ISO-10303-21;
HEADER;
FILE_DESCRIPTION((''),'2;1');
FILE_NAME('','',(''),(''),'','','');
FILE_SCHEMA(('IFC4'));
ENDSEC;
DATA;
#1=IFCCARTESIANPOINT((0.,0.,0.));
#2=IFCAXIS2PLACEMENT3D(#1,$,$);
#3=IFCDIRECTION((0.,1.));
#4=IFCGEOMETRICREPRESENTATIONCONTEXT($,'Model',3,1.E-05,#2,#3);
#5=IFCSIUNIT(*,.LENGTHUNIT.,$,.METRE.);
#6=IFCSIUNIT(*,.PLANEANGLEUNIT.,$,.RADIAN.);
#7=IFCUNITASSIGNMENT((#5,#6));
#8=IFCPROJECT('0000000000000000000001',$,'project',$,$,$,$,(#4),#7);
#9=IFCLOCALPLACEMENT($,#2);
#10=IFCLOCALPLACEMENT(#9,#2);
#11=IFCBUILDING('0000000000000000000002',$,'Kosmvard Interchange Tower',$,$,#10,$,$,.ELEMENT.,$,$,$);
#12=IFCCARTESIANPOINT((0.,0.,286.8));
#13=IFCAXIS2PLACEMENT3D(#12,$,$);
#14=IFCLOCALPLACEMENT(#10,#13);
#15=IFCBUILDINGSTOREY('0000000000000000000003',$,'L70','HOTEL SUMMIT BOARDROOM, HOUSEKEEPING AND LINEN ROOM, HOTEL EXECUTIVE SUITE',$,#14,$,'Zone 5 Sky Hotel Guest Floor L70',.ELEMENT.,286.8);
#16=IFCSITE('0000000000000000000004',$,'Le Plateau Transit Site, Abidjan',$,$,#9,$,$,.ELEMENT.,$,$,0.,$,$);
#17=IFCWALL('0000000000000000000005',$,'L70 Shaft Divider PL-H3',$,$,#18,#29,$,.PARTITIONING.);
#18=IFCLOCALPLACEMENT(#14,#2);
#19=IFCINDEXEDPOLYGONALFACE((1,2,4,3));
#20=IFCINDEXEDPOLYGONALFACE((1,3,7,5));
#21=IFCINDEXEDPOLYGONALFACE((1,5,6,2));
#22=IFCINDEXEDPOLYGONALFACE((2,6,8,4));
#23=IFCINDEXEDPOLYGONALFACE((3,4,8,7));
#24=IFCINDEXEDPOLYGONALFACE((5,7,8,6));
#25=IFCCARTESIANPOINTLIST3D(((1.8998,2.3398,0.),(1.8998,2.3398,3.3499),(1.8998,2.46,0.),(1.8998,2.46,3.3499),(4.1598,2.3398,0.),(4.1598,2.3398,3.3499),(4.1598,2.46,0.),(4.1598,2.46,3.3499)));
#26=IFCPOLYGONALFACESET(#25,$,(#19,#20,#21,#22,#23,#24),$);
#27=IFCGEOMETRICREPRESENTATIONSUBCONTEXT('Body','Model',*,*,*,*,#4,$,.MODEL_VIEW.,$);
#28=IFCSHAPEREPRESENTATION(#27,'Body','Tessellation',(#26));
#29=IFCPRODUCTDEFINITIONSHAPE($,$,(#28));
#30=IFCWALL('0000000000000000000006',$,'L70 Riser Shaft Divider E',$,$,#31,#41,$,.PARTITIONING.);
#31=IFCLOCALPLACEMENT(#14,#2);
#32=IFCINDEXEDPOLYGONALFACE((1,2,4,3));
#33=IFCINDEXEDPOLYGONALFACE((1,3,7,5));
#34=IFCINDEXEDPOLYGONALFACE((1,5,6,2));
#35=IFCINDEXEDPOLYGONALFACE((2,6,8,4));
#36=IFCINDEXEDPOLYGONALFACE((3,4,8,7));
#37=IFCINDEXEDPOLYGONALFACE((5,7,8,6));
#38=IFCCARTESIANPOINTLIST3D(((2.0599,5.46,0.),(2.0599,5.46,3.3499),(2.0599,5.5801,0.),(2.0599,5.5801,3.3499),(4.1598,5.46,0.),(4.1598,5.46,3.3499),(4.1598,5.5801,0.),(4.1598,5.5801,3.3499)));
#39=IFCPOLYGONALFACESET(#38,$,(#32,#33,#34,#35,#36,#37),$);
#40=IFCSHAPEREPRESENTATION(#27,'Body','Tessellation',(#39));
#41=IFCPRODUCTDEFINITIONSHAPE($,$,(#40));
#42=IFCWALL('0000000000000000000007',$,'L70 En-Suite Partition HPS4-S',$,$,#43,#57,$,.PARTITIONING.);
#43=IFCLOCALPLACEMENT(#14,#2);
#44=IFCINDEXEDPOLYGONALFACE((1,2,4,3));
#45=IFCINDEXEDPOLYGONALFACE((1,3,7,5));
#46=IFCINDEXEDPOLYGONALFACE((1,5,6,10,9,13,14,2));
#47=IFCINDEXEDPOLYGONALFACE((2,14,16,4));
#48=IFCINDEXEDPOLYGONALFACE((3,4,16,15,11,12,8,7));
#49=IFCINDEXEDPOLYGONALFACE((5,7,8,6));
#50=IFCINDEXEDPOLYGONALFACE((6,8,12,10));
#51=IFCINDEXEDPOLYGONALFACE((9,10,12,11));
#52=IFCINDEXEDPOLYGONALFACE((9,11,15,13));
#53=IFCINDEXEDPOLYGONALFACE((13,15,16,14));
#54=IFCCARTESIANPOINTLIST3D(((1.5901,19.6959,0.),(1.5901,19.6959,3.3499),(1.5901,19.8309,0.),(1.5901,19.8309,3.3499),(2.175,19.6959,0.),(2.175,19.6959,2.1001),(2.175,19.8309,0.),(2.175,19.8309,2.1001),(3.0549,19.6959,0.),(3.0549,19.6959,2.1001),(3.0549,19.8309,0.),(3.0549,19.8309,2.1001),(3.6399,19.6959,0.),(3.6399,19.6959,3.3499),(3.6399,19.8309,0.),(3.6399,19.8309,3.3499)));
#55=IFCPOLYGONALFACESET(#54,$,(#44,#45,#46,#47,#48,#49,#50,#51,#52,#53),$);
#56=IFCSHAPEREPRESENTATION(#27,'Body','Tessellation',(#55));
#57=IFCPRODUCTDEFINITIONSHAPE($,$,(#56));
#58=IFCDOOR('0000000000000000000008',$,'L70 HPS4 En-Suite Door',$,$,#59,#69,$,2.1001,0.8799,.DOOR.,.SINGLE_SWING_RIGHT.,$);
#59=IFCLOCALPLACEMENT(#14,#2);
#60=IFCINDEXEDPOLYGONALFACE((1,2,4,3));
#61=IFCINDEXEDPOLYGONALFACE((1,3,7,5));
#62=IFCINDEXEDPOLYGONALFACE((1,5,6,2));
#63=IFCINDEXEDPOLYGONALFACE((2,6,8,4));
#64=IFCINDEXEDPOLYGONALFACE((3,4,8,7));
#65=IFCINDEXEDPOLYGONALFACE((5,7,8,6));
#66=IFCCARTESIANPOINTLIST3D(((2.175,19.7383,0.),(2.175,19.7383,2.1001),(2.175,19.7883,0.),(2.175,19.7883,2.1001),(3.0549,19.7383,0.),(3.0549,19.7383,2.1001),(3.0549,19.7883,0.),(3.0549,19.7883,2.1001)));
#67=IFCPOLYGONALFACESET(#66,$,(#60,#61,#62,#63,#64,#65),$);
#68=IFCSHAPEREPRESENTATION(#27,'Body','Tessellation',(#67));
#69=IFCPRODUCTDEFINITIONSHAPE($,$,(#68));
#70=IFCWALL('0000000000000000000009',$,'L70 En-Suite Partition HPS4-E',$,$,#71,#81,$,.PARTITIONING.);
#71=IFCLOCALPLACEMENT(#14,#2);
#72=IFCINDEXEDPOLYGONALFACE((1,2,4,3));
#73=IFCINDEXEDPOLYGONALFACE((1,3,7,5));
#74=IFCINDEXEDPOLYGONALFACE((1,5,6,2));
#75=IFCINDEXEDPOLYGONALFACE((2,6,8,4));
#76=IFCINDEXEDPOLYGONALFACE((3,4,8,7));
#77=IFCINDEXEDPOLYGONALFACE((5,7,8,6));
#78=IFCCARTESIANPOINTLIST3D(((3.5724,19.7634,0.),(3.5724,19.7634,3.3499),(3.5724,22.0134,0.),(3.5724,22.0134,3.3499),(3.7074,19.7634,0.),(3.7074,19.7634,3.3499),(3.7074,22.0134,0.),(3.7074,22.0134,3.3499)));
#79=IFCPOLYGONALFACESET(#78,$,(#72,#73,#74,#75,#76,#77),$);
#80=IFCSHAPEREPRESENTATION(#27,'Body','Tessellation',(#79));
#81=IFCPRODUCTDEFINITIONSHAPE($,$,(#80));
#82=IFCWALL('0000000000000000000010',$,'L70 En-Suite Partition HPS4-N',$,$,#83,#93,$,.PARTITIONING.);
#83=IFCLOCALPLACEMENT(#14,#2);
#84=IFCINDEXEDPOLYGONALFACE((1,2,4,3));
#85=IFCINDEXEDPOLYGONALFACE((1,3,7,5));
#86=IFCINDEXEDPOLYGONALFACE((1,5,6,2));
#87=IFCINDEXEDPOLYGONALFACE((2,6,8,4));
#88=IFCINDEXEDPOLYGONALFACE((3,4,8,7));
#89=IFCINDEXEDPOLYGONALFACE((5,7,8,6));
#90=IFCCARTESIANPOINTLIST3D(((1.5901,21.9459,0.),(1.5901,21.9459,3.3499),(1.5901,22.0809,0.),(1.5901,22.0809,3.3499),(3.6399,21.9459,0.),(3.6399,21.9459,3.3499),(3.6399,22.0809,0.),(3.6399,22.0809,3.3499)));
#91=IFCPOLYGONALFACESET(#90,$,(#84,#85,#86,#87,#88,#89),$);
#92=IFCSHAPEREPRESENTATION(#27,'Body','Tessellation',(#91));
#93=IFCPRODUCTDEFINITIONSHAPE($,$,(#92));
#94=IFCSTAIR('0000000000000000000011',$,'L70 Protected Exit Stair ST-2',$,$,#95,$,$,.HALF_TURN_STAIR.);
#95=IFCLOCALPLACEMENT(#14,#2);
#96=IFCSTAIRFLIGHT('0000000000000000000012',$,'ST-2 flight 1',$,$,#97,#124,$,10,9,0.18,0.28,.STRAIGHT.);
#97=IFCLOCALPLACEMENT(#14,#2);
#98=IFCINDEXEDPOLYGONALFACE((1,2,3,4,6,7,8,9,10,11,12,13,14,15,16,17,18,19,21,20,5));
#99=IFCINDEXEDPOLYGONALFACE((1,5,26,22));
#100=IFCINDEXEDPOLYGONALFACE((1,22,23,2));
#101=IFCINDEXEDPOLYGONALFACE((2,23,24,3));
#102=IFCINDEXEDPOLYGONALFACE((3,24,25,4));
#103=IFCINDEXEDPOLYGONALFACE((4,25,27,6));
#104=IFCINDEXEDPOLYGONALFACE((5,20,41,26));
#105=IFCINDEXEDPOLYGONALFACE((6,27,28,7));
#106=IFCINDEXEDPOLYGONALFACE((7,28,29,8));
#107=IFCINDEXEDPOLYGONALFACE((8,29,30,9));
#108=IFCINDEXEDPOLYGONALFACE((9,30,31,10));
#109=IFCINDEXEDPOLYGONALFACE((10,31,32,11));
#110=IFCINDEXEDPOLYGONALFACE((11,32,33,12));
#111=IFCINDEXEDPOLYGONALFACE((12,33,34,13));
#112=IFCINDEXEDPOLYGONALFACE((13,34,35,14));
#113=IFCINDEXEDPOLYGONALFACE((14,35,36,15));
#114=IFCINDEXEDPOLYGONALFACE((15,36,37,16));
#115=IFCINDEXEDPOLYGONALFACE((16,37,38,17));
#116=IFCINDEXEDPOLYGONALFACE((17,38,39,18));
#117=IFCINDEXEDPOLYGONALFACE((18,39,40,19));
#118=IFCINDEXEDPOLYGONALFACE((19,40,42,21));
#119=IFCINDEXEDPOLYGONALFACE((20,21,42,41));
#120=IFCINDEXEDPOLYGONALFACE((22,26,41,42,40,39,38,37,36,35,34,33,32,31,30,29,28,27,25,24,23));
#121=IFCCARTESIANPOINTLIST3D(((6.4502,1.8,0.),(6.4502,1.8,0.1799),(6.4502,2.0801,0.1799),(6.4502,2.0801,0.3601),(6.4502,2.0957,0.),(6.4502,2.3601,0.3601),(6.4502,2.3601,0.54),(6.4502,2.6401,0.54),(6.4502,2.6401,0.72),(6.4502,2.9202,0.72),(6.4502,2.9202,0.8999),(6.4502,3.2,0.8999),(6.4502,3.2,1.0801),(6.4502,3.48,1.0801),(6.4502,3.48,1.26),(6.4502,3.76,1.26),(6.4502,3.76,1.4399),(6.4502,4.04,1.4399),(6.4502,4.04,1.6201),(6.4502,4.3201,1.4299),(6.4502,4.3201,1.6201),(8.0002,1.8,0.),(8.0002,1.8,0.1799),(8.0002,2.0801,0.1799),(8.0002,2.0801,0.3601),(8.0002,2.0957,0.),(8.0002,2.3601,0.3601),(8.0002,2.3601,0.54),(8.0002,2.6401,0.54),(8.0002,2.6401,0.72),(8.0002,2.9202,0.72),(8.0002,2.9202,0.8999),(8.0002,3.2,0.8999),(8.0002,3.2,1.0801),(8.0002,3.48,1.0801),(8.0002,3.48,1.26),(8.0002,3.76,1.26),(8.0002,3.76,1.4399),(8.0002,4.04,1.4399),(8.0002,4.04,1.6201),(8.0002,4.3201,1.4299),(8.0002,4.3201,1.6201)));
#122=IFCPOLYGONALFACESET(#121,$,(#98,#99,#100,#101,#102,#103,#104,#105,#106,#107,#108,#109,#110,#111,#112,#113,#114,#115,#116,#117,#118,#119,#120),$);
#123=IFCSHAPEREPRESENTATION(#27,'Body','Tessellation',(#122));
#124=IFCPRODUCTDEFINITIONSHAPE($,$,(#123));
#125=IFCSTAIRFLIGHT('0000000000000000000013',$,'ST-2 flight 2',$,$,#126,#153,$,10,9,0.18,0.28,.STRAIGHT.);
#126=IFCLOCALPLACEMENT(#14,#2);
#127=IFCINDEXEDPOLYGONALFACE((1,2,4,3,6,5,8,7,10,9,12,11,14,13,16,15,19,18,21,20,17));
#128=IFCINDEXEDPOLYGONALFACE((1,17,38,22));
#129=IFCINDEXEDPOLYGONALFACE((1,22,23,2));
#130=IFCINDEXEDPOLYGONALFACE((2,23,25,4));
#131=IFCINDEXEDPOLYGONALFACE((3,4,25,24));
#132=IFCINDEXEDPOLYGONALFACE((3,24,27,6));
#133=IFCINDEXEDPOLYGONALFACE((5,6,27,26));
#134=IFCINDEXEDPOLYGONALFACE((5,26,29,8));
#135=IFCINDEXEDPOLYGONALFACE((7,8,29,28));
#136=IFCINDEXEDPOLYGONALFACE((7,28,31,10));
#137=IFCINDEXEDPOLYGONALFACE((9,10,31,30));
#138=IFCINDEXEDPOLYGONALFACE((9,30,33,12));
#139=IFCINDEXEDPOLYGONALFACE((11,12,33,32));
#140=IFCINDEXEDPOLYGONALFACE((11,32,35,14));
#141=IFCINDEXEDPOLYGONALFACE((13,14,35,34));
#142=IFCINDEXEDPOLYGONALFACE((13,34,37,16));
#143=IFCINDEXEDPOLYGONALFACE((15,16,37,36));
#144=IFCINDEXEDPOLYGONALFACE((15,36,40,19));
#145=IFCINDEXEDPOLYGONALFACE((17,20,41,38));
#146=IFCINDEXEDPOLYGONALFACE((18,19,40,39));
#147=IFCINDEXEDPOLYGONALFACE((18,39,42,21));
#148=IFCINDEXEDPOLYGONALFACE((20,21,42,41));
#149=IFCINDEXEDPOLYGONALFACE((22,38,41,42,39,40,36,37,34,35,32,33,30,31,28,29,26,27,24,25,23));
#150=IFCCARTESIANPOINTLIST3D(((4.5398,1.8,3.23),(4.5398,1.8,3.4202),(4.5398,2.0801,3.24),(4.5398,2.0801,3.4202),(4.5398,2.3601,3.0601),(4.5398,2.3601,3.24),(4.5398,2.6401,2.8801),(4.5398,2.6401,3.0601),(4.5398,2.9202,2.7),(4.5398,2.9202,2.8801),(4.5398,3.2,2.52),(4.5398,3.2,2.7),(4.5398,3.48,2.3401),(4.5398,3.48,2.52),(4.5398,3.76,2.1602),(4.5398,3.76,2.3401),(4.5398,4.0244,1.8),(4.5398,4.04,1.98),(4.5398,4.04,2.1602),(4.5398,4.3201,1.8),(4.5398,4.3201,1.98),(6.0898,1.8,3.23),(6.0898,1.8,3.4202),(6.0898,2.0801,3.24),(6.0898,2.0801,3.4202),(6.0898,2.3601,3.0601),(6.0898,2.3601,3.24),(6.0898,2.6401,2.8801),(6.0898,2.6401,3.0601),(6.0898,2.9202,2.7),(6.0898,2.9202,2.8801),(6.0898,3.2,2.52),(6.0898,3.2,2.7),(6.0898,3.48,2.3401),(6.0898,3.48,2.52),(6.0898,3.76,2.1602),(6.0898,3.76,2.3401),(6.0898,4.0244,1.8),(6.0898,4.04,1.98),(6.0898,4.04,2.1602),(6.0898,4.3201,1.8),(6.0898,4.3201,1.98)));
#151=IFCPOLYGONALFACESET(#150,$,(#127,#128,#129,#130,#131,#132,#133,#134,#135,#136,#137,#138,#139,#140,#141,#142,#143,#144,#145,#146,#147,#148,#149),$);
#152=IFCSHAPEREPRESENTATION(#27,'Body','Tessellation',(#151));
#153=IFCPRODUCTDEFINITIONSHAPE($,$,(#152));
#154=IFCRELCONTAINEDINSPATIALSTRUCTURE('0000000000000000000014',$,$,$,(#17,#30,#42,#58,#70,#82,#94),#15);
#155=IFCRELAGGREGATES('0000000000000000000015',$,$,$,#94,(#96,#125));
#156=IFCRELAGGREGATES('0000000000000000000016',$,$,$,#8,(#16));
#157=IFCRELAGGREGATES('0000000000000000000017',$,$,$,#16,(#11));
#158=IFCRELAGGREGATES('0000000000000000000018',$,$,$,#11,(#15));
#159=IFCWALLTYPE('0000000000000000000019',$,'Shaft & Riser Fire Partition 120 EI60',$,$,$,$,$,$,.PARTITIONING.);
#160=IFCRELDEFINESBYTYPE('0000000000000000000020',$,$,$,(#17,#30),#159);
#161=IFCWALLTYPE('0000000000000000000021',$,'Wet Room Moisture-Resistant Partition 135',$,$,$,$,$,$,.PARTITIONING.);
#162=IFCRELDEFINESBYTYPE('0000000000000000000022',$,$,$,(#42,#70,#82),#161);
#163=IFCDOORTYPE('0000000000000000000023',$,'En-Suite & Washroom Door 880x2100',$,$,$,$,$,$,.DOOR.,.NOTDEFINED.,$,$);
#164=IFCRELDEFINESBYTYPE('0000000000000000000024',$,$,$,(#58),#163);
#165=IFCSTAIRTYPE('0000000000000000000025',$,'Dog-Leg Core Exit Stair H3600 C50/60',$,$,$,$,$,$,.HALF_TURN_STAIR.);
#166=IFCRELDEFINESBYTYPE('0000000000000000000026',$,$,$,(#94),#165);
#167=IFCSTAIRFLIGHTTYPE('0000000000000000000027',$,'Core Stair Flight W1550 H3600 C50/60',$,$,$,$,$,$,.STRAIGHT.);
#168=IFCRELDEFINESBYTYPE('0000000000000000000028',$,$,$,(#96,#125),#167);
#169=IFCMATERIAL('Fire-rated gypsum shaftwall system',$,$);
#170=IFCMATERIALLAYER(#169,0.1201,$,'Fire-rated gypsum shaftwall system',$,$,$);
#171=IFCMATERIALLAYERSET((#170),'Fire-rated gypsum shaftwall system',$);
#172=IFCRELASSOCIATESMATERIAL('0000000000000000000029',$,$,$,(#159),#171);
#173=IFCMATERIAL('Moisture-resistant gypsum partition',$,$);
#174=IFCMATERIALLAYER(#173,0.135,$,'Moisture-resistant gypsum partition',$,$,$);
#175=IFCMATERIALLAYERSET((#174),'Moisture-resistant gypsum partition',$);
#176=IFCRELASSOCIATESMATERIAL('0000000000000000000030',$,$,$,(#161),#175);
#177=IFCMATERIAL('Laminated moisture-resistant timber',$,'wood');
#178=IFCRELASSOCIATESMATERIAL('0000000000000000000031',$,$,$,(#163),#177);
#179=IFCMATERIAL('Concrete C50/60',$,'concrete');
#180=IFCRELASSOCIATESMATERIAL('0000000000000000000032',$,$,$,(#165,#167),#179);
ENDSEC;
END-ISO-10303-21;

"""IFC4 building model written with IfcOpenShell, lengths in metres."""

from ifc_helpers import new_model, si_unit, direction, frame, frame_2d, origin, place, context, subcontext, project, spatial, polyline, rectangle, outline, extrude, source, transform, mapped, material, layer, layer_set, type_object, element, fill, aggregate, save


model = new_model("IFC4")

# Units and contexts
model_context = context("Model", 3, precision=1e-05, world=origin(), true_north=direction((0.0, 1.0)))
body_context = subcontext(model_context, "Body", "Model", "MODEL_VIEW")
ifc_project = project(units=[si_unit("LENGTHUNIT", "METRE"), si_unit("PLANEANGLEUNIT", "RADIAN")], contexts=[model_context])

# Site, building, storey
site_placement = place(None, origin())
site = spatial("IfcSite", under=ifc_project, at=site_placement, Name="Le Plateau Transit Site, Abidjan", CompositionType="ELEMENT", RefElevation=0.0)
building_placement = place(site_placement, origin())
building = spatial("IfcBuilding", under=site, at=building_placement, Name="Kosmvard Interchange Tower", CompositionType="ELEMENT")
storey_placement = place(building_placement, frame((0.0, 0.0, 286.8)))
storey = spatial("IfcBuildingStorey", under=building, at=storey_placement, Name="L70", Description="HOTEL SUMMIT BOARDROOM, HOUSEKEEPING AND LINEN ROOM, HOTEL EXECUTIVE SUITE", LongName="Zone 5 Sky Hotel Guest Floor L70", CompositionType="ELEMENT", Elevation=286.8)

# Shared definitions
ifc_material_1 = material(Name="Concrete C50/60", Category="concrete")

# Walls
ifc_material_2 = material(Name="Fire-rated gypsum shaftwall system")
ifc_layer_1 = layer(ifc_material_2, 0.1201, Name="Fire-rated gypsum shaftwall system")
ifc_layer_set_1 = layer_set([ifc_layer_1], Name="Fire-rated gypsum shaftwall system")
wall_type_1 = type_object("IfcWallType", Name="Shaft & Riser Fire Partition 120 EI60", PredefinedType="PARTITIONING", material=ifc_layer_set_1)
wall_1_placement = place(storey_placement, frame((1.8999, 2.3999, 0.0), z_axis=(0.0, 0.0, 1.0), x_axis=(1.0, 0.0, 0.0)))
element("IfcWall", 1, at=wall_1_placement, inside=storey, type_object=wall_type_1, Name="L70 Shaft Divider PL-H3", PredefinedType="PARTITIONING", context=body_context, shape_type="SweptSolid", body=[
    extrude(rectangle(XDim=2.26, YDim=0.1201, at=frame_2d((1.1299, 0.0))), origin(), (0.0, 0.0, 1.0), 3.3499),
])
wall_2_placement = place(storey_placement, frame((2.0601, 5.52, 0.0), z_axis=(0.0, 0.0, 1.0), x_axis=(1.0, 0.0, 0.0)))
element("IfcWall", 2, at=wall_2_placement, inside=storey, type_object=wall_type_1, Name="L70 Riser Shaft Divider E", PredefinedType="PARTITIONING", context=body_context, shape_type="SweptSolid", body=[
    extrude(rectangle(XDim=2.0999, YDim=0.1201, at=frame_2d((1.0498, 0.0))), origin(), (0.0, 0.0, 1.0), 3.3499),
])

# Wall, opening, door
ifc_material_3 = material(Name="Moisture-resistant gypsum partition")
ifc_layer_2 = layer(ifc_material_3, 0.135, Name="Moisture-resistant gypsum partition")
ifc_layer_set_2 = layer_set([ifc_layer_2], Name="Moisture-resistant gypsum partition")
wall_type_2 = type_object("IfcWallType", Name="Wet Room Moisture-Resistant Partition 135", PredefinedType="PARTITIONING", material=ifc_layer_set_2)
wall_3_placement = place(storey_placement, frame((1.5901, 19.7634, 0.0), z_axis=(0.0, 0.0, 1.0), x_axis=(1.0, 0.0, 0.0)))
wall_3 = element("IfcWall", 3, at=wall_3_placement, inside=storey, type_object=wall_type_2, Name="L70 En-Suite Partition HPS4-S", PredefinedType="PARTITIONING", context=body_context, shape_type="SweptSolid", body=[
    extrude(rectangle(XDim=2.0498, YDim=0.135, at=frame_2d((1.0249, 0.0))), origin(), (0.0, 0.0, 1.0), 3.3499),
])
opening_placement = place(wall_3_placement, frame((0.585, 0.0, 0.0)))
opening = element("IfcOpeningElement", 4, at=opening_placement, cuts=wall_3, PredefinedType="OPENING", context=body_context, shape_type="SweptSolid", body=[
    extrude(rectangle(XDim=0.8799, YDim=2.1001, at=frame_2d((0.4399, 1.05))), frame((0.0, 0.0776, 0.0), z_axis=(0.0, -1.0, 0.0), x_axis=(1.0, 0.0, 0.0)), (0.0, 0.0, 1.0), 0.155),
])
ifc_material_4 = material(Name="Laminated moisture-resistant timber", Category="wood")
door_type = type_object("IfcDoorType", Name="En-Suite & Washroom Door 880x2100", OperationType="NOTDEFINED", PredefinedType="DOOR", material=ifc_material_4)
shared_shape_1 = source(origin(), body_context, "Body", "SweptSolid", [
    extrude(rectangle(XDim=0.8799, YDim=2.1001, at=frame_2d((0.4399, 1.05))), frame((0.0, 0.0249, 0.0), z_axis=(0.0, -1.0, 0.0), x_axis=(1.0, 0.0, 0.0)), (0.0, 0.0, 1.0), 0.05),
])
door_placement = place(opening_placement, origin())
door = element("IfcDoor", 5, at=door_placement, inside=storey, type_object=door_type, Name="L70 HPS4 En-Suite Door", OperationType="SINGLE_SWING_RIGHT", OverallHeight=2.1001, OverallWidth=0.8799, PredefinedType="DOOR", context=body_context, shape_type="MappedRepresentation", body=[
    mapped(shared_shape_1, transform((0.0, 0.0, 0.0), scale=1.0)),
])
fill(opening, door)

# Walls
wall_4_placement = place(storey_placement, frame((3.6399, 19.7634, 0.0), z_axis=(0.0, 0.0, 1.0), x_axis=(0.0, 1.0, 0.0)))
element("IfcWall", 6, at=wall_4_placement, inside=storey, type_object=wall_type_2, Name="L70 En-Suite Partition HPS4-E", PredefinedType="PARTITIONING", context=body_context, shape_type="SweptSolid", body=[
    extrude(rectangle(XDim=2.25, YDim=0.135, at=frame_2d((1.125, 0.0))), origin(), (0.0, 0.0, 1.0), 3.3499),
])
wall_5_placement = place(storey_placement, frame((1.5901, 22.0134, 0.0), z_axis=(0.0, 0.0, 1.0), x_axis=(1.0, 0.0, 0.0)))
element("IfcWall", 7, at=wall_5_placement, inside=storey, type_object=wall_type_2, Name="L70 En-Suite Partition HPS4-N", PredefinedType="PARTITIONING", context=body_context, shape_type="SweptSolid", body=[
    extrude(rectangle(XDim=2.0498, YDim=0.135, at=frame_2d((1.0249, 0.0))), origin(), (0.0, 0.0, 1.0), 3.3499),
])

# Stair, stair flights
stair_type = type_object("IfcStairType", Name="Dog-Leg Core Exit Stair H3600 C50/60", PredefinedType="HALF_TURN_STAIR", material=ifc_material_1)
stair_placement = place(storey_placement, origin())
stair = element("IfcStair", 8, at=stair_placement, inside=storey, type_object=stair_type, Name="L70 Protected Exit Stair ST-2", PredefinedType="HALF_TURN_STAIR")
stair_flight_type = type_object("IfcStairFlightType", Name="Core Stair Flight W1550 H3600 C50/60", PredefinedType="STRAIGHT", material=ifc_material_1)
shared_shape_2 = source(origin(), body_context, "Body", "SweptSolid", [
    extrude(outline(polyline([(0.0, 0.0), (0.0, 0.1799), (0.28, 0.1799), (0.28, 0.3601), (0.5601, 0.3601), (0.5601, 0.54), (0.8401, 0.54), (0.8401, 0.72), (1.1201, 0.72), (1.1201, 0.8999), (1.3999, 0.8999), (1.3999, 1.0801), (1.6799, 1.0801), (1.6799, 1.26), (1.96, 1.26), (1.96, 1.4399), (2.24, 1.4399), (2.24, 1.6201), (2.52, 1.6201), (2.52, 1.8), (2.52, 1.4299), (0.2957, 0.0), (0.0, 0.0)])), frame((0.0, 0.7749, 0.0), z_axis=(0.0, -1.0, 0.0), x_axis=(1.0, 0.0, 0.0)), (0.0, 0.0, 1.0), 1.55),
])
stair_flight_1_placement = place(storey_placement, frame((7.2251, 1.8, 0.0), z_axis=(0.0, 0.0, 1.0), x_axis=(0.0, 1.0, 0.0)))
stair_flight_1 = element("IfcStairFlight", 9, at=stair_flight_1_placement, type_object=stair_flight_type, Name="ST-2 flight 1", NumberOfRisers=10, NumberOfTreads=9, PredefinedType="STRAIGHT", RiserHeight=0.18, TreadLength=0.28, context=body_context, shape_type="MappedRepresentation", body=[
    mapped(shared_shape_2, transform((0.0, 0.0, 0.0), scale=1.0)),
])
stair_flight_2_placement = place(storey_placement, frame((5.3149, 4.3201, 1.8), z_axis=(0.0, 0.0, 1.0), x_axis=(0.0, -1.0, 0.0)))
stair_flight_2 = element("IfcStairFlight", 10, at=stair_flight_2_placement, type_object=stair_flight_type, Name="ST-2 flight 2", NumberOfRisers=10, NumberOfTreads=9, PredefinedType="STRAIGHT", RiserHeight=0.18, TreadLength=0.28, context=body_context, shape_type="MappedRepresentation", body=[
    mapped(shared_shape_2, transform((0.0, 0.0, 0.0), scale=1.0)),
])
aggregate(stair, [stair_flight_1, stair_flight_2])

save(model, "model.ifc")
